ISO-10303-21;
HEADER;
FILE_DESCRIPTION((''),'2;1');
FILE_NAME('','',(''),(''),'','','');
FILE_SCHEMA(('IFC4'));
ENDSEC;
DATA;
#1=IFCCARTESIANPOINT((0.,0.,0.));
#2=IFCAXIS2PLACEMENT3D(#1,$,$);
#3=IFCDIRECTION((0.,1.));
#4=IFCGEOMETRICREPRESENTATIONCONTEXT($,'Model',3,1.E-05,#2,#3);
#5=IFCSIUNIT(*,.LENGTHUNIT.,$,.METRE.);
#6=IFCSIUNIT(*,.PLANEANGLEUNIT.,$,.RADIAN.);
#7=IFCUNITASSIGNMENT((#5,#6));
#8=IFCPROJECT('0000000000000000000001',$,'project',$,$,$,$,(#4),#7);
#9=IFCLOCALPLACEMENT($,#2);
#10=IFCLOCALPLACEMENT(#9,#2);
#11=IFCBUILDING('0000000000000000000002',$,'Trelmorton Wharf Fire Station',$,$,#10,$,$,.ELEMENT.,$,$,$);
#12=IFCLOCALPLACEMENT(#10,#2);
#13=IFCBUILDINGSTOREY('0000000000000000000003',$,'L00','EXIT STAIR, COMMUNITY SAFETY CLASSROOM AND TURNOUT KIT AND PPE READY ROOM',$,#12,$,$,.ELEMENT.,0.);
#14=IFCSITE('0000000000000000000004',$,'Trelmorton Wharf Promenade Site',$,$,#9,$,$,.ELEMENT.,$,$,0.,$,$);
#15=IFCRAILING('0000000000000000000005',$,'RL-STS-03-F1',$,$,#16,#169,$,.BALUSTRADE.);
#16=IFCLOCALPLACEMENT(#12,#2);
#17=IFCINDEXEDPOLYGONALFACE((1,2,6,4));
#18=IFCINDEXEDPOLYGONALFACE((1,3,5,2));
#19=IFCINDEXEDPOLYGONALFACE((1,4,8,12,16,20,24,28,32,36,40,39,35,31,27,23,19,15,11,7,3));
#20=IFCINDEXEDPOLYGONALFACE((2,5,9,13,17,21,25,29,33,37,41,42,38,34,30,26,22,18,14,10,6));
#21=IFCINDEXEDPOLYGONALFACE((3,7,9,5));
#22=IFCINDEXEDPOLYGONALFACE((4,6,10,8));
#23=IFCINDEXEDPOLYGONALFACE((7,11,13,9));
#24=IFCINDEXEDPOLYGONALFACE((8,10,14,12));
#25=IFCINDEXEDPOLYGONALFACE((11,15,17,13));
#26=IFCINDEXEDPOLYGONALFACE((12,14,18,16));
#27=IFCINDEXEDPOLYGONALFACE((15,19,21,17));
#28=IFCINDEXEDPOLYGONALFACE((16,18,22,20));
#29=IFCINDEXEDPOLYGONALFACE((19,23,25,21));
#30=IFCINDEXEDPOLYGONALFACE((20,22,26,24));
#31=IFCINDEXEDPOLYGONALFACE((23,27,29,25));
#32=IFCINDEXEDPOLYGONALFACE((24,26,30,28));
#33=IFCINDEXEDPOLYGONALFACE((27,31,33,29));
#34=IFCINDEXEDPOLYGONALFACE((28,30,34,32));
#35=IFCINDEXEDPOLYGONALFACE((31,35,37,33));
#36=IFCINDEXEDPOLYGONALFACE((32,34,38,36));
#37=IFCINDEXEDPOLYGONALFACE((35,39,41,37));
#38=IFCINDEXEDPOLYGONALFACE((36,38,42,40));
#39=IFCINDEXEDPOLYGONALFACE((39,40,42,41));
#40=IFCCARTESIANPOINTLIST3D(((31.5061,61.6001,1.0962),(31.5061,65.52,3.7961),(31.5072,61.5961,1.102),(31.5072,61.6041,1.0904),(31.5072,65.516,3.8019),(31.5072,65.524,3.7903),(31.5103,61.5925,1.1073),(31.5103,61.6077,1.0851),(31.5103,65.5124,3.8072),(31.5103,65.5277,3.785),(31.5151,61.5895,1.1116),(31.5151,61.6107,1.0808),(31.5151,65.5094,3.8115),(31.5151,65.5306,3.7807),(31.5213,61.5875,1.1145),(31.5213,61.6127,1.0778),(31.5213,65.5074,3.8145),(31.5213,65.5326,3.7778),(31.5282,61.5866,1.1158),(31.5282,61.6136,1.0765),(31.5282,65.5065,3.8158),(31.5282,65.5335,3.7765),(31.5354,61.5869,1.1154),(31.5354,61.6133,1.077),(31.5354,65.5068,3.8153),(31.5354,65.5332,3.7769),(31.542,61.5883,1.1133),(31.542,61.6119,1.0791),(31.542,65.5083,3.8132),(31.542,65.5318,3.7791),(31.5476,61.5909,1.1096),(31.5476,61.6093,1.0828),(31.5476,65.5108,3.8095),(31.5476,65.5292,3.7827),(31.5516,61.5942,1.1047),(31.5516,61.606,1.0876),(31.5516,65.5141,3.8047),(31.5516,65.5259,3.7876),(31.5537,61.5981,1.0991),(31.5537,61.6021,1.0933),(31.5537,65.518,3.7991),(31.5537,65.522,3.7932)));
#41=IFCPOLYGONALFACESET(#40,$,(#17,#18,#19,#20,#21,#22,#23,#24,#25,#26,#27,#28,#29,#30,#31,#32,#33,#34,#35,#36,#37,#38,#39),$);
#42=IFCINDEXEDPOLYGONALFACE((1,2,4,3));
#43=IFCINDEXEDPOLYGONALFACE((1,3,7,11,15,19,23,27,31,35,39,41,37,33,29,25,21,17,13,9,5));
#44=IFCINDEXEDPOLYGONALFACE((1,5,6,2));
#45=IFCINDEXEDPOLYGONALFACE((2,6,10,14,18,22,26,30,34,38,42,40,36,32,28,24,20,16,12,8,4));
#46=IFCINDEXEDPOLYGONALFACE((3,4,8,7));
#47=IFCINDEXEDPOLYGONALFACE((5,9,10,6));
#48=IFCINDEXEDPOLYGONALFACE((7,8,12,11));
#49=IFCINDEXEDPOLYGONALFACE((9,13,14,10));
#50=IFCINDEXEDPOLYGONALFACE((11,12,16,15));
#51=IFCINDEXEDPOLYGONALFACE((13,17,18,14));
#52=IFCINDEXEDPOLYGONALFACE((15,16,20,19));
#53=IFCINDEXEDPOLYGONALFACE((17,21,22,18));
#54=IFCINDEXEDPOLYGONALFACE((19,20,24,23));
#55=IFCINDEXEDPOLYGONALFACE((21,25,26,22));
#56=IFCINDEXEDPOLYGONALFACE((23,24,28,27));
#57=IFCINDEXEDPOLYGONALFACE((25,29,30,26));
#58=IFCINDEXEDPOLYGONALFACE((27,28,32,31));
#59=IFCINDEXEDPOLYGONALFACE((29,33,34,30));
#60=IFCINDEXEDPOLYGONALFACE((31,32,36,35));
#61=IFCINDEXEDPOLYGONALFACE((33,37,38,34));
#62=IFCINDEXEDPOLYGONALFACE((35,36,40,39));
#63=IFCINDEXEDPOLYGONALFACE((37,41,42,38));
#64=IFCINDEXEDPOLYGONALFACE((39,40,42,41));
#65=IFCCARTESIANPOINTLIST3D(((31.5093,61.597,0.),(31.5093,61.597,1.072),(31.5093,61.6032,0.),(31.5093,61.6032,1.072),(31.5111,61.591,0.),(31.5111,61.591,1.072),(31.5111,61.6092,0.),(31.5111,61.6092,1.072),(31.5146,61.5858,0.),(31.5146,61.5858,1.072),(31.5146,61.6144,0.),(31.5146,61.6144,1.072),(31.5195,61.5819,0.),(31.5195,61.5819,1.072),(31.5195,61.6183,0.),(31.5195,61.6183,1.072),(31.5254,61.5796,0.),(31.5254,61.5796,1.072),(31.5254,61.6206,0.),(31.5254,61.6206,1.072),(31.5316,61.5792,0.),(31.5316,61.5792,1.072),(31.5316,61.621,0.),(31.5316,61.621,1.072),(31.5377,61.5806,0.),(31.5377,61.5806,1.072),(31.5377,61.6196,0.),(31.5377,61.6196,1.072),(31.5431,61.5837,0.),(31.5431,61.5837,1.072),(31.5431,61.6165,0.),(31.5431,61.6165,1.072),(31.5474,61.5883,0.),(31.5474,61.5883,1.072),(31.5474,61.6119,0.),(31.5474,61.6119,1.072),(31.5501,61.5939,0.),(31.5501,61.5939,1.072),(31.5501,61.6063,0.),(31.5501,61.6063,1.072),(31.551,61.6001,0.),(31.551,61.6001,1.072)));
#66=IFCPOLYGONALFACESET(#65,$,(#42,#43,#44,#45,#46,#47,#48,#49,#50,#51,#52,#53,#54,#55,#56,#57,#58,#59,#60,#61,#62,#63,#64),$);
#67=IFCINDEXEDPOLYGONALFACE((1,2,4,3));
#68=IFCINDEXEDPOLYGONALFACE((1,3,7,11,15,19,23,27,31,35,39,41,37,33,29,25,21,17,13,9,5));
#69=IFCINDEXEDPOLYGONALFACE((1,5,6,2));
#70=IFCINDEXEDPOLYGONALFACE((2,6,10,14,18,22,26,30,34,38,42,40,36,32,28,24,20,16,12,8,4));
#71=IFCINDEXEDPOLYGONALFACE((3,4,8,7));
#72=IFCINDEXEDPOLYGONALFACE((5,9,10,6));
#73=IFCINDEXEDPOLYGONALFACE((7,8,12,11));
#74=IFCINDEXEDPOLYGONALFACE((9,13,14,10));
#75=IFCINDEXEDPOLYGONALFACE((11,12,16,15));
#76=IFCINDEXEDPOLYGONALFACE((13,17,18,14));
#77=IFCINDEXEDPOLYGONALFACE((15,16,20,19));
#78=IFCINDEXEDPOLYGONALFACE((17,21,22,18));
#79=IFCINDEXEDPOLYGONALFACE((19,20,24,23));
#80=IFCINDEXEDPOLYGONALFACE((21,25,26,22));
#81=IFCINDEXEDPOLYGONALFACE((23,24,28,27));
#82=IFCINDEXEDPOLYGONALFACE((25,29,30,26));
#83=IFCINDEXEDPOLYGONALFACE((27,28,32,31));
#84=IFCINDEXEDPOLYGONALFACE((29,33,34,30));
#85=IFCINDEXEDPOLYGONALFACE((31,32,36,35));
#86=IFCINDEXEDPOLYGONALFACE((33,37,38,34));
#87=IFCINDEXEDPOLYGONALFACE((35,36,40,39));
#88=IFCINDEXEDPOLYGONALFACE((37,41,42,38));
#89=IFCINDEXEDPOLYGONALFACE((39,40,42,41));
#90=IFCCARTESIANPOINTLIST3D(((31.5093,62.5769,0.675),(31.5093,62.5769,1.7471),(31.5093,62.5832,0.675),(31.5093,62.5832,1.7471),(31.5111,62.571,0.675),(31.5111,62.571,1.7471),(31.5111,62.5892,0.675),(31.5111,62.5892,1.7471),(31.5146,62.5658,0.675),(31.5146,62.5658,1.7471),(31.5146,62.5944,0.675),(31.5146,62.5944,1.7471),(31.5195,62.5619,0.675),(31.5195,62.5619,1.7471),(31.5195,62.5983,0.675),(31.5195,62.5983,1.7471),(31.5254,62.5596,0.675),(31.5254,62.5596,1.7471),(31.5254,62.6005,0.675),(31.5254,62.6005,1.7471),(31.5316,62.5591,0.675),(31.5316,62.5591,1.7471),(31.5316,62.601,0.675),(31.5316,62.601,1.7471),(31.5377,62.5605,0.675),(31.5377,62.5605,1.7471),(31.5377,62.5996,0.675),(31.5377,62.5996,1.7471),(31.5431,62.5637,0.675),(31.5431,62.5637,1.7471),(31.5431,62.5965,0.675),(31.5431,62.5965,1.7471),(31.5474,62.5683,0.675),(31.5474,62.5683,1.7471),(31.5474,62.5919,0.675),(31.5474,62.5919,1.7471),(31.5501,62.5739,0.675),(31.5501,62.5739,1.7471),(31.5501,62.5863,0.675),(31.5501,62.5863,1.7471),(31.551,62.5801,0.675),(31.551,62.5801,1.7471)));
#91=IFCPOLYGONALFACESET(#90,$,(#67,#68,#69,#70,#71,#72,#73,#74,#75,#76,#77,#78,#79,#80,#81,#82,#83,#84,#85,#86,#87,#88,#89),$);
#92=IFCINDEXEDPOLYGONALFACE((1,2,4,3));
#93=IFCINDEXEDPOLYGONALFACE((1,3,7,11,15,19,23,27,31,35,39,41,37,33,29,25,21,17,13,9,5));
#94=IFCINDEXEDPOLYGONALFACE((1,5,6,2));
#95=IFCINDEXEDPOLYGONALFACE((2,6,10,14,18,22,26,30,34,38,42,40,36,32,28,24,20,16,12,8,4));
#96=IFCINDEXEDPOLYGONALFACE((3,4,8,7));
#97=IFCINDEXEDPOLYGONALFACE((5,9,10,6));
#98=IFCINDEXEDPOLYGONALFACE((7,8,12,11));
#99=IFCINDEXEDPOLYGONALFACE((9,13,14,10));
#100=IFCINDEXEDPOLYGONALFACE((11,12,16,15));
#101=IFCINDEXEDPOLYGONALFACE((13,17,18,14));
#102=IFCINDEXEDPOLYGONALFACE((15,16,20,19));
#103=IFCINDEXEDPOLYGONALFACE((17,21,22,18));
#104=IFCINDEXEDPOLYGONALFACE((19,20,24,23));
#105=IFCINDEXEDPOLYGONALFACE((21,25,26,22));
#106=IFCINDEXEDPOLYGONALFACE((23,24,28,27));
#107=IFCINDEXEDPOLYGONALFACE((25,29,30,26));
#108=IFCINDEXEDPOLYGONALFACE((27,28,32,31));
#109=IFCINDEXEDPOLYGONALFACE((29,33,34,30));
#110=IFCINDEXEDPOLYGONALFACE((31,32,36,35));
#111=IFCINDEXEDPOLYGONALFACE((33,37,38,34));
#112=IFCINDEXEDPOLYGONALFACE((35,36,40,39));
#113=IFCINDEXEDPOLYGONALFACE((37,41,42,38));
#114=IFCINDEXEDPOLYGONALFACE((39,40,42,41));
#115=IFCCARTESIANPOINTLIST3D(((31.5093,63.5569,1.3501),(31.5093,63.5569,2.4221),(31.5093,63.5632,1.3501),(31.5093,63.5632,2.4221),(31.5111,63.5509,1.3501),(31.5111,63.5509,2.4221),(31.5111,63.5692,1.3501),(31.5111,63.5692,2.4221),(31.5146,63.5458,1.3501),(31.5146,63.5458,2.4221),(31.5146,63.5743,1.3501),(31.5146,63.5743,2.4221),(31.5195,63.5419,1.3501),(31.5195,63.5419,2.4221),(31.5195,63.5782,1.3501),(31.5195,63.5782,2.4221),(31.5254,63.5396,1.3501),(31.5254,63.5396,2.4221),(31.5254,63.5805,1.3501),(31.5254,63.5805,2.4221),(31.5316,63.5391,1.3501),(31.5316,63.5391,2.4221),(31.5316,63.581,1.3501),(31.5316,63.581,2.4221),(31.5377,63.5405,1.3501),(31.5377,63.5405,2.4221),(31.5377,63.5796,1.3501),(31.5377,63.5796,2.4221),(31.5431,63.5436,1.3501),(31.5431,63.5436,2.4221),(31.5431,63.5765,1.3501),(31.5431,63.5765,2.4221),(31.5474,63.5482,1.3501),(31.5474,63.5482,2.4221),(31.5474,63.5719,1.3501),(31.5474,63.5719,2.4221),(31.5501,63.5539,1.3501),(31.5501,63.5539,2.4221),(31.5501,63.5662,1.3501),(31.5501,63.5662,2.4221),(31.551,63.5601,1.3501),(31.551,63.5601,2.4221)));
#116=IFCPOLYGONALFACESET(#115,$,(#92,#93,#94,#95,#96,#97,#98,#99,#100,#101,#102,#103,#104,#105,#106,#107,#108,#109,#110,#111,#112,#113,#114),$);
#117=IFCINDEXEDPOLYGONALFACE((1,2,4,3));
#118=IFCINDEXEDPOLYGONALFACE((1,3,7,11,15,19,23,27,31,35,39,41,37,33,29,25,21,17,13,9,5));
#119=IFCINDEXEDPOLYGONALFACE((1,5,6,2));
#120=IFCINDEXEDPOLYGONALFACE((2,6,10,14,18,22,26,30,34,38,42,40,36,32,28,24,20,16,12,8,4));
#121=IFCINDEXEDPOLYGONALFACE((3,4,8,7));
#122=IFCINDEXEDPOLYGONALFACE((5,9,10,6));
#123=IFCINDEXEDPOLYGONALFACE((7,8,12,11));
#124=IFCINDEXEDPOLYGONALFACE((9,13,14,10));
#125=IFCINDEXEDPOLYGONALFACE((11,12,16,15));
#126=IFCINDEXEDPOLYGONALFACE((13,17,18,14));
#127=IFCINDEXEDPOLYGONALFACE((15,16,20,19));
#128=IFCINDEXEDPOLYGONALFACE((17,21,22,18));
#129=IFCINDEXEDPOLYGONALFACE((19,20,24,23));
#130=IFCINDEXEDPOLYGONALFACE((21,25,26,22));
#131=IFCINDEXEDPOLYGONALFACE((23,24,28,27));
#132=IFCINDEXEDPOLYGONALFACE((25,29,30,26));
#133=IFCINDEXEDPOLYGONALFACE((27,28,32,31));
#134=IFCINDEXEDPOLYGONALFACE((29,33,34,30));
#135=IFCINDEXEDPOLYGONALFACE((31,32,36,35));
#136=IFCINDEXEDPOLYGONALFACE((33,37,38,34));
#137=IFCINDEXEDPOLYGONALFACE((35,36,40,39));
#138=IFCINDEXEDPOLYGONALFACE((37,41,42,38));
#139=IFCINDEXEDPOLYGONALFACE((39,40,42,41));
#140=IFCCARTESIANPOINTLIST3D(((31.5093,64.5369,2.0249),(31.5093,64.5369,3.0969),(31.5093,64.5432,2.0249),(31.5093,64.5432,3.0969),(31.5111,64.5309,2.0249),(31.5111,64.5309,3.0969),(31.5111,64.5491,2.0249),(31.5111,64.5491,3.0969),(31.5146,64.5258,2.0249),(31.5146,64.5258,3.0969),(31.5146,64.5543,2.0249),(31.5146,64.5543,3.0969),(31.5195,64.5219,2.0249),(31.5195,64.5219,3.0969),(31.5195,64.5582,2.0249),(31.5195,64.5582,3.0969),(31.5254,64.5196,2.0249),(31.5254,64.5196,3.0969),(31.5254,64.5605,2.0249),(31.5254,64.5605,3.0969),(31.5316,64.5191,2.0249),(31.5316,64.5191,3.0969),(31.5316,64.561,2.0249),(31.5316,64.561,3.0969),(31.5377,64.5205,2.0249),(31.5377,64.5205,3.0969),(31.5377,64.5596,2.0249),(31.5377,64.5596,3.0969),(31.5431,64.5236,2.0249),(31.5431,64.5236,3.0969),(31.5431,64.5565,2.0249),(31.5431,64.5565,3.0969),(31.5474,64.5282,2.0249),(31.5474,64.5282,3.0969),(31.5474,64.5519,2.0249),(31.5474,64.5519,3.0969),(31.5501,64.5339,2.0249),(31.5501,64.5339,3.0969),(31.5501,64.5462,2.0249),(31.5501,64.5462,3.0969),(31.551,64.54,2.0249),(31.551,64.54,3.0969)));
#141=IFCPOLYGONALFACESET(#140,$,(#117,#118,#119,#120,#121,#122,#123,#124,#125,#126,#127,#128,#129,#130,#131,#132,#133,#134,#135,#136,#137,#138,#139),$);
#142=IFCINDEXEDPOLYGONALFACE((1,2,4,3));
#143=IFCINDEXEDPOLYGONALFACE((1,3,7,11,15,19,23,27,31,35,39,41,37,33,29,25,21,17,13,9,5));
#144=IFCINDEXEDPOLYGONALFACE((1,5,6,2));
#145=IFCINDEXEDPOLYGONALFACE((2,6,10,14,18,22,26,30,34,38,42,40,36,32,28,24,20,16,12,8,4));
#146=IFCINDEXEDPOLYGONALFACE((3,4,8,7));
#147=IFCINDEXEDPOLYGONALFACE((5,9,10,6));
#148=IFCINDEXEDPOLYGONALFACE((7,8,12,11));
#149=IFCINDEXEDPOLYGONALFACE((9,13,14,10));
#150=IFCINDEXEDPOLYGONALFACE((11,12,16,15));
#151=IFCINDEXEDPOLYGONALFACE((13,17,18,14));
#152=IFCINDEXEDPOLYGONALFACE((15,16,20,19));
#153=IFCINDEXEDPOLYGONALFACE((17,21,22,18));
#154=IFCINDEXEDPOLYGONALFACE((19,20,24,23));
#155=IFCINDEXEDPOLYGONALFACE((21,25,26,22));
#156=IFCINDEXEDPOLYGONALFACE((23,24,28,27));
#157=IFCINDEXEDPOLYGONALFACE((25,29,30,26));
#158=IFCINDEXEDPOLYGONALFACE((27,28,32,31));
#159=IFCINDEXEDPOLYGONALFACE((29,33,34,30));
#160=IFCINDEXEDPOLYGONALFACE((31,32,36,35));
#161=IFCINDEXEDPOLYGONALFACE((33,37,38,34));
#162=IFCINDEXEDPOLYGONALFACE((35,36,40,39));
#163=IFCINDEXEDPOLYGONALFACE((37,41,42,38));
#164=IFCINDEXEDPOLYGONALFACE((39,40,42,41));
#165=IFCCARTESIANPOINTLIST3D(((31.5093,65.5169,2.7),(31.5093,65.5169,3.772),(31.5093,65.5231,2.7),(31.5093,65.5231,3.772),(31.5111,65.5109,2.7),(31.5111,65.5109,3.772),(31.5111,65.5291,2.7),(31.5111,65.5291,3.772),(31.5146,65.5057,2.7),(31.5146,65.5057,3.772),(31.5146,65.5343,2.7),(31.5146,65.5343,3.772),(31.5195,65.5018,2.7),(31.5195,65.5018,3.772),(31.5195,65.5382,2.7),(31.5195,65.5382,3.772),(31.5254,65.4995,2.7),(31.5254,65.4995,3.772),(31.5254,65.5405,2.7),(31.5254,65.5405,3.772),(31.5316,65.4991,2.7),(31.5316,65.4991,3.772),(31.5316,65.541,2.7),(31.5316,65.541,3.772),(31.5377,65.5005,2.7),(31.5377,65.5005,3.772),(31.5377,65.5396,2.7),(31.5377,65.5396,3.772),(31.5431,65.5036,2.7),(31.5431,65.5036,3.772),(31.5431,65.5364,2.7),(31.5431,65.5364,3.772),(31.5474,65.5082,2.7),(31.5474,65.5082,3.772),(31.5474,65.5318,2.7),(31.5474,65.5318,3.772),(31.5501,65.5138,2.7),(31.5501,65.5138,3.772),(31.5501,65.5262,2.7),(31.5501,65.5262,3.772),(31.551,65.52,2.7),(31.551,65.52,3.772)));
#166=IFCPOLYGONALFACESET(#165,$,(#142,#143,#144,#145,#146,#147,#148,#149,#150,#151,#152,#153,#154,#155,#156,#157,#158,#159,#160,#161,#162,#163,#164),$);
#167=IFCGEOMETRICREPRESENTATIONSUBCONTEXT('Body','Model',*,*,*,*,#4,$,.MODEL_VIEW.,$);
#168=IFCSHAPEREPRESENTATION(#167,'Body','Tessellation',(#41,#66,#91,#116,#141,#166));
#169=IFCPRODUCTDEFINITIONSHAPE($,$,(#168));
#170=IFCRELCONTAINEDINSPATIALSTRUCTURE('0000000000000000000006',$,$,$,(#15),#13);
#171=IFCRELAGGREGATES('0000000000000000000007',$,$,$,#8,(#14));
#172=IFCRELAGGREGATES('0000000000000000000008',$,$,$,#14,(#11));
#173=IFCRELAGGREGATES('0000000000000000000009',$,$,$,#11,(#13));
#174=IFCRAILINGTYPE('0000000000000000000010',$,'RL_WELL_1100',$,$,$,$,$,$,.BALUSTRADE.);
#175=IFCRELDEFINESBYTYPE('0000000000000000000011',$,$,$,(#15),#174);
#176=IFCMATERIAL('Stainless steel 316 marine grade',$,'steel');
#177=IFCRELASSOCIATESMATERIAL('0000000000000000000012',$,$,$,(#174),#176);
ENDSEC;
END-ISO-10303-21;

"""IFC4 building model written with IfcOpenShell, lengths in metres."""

from ifc_helpers import new_model, si_unit, direction, frame, origin, origin_2d, place, context, subcontext, project, spatial, circle, extrude, material, type_object, element, save


model = new_model("IFC4")

# Units and contexts
model_context = context("Model", 3, precision=1e-05, world=origin(), true_north=direction((0.0, 1.0)))
body_context = subcontext(model_context, "Body", "Model", "MODEL_VIEW")
ifc_project = project(units=[si_unit("LENGTHUNIT", "METRE"), si_unit("PLANEANGLEUNIT", "RADIAN")], contexts=[model_context])

# Site, building, storey
site_placement = place(None, origin())
site = spatial("IfcSite", under=ifc_project, at=site_placement, Name="Trelmorton Wharf Promenade Site", CompositionType="ELEMENT", RefElevation=0.0)
building_placement = place(site_placement, origin())
building = spatial("IfcBuilding", under=site, at=building_placement, Name="Trelmorton Wharf Fire Station", CompositionType="ELEMENT")
storey_placement = place(building_placement, origin())
storey = spatial("IfcBuildingStorey", under=building, at=storey_placement, Name="L00", Description="EXIT STAIR, COMMUNITY SAFETY CLASSROOM AND TURNOUT KIT AND PPE READY ROOM", CompositionType="ELEMENT", Elevation=0.0)

# Railing
ifc_material_1 = material(Name="Stainless steel 316 marine grade", Category="steel")
railing_type = type_object("IfcRailingType", Name="RL_WELL_1100", PredefinedType="BALUSTRADE", material=ifc_material_1)
railing_1_placement = place(storey_placement, frame((31.53, 61.6001, 0.0)))
element("IfcRailing", 1, at=railing_1_placement, inside=storey, type_object=railing_type, Name="RL-STS-03-F1", PredefinedType="BALUSTRADE", context=body_context, shape_type="SweptSolid", body=[
    extrude(circle(Radius=0.0239, at=origin_2d()), frame((0.0, 0.0, 1.0962), z_axis=(0.0, 0.823551, 0.567243), x_axis=(-1.0, 0.0, 0.0)), (0.0, 0.0, 1.0), 4.7598),
    extrude(circle(Radius=0.021, at=origin_2d()), origin(), (0.0, 0.0, 1.0), 1.072),
    extrude(circle(Radius=0.021, at=origin_2d()), frame((0.0, 0.98, 0.675)), (0.0, 0.0, 1.0), 1.072),
    extrude(circle(Radius=0.021, at=origin_2d()), frame((0.0, 1.96, 1.3501)), (0.0, 0.0, 1.0), 1.072),
    extrude(circle(Radius=0.021, at=origin_2d()), frame((0.0, 2.9399, 2.0249)), (0.0, 0.0, 1.0), 1.072),
    extrude(circle(Radius=0.021, at=origin_2d()), frame((0.0, 3.9199, 2.7)), (0.0, 0.0, 1.0), 1.072),
])

save(model, "model.ifc")
